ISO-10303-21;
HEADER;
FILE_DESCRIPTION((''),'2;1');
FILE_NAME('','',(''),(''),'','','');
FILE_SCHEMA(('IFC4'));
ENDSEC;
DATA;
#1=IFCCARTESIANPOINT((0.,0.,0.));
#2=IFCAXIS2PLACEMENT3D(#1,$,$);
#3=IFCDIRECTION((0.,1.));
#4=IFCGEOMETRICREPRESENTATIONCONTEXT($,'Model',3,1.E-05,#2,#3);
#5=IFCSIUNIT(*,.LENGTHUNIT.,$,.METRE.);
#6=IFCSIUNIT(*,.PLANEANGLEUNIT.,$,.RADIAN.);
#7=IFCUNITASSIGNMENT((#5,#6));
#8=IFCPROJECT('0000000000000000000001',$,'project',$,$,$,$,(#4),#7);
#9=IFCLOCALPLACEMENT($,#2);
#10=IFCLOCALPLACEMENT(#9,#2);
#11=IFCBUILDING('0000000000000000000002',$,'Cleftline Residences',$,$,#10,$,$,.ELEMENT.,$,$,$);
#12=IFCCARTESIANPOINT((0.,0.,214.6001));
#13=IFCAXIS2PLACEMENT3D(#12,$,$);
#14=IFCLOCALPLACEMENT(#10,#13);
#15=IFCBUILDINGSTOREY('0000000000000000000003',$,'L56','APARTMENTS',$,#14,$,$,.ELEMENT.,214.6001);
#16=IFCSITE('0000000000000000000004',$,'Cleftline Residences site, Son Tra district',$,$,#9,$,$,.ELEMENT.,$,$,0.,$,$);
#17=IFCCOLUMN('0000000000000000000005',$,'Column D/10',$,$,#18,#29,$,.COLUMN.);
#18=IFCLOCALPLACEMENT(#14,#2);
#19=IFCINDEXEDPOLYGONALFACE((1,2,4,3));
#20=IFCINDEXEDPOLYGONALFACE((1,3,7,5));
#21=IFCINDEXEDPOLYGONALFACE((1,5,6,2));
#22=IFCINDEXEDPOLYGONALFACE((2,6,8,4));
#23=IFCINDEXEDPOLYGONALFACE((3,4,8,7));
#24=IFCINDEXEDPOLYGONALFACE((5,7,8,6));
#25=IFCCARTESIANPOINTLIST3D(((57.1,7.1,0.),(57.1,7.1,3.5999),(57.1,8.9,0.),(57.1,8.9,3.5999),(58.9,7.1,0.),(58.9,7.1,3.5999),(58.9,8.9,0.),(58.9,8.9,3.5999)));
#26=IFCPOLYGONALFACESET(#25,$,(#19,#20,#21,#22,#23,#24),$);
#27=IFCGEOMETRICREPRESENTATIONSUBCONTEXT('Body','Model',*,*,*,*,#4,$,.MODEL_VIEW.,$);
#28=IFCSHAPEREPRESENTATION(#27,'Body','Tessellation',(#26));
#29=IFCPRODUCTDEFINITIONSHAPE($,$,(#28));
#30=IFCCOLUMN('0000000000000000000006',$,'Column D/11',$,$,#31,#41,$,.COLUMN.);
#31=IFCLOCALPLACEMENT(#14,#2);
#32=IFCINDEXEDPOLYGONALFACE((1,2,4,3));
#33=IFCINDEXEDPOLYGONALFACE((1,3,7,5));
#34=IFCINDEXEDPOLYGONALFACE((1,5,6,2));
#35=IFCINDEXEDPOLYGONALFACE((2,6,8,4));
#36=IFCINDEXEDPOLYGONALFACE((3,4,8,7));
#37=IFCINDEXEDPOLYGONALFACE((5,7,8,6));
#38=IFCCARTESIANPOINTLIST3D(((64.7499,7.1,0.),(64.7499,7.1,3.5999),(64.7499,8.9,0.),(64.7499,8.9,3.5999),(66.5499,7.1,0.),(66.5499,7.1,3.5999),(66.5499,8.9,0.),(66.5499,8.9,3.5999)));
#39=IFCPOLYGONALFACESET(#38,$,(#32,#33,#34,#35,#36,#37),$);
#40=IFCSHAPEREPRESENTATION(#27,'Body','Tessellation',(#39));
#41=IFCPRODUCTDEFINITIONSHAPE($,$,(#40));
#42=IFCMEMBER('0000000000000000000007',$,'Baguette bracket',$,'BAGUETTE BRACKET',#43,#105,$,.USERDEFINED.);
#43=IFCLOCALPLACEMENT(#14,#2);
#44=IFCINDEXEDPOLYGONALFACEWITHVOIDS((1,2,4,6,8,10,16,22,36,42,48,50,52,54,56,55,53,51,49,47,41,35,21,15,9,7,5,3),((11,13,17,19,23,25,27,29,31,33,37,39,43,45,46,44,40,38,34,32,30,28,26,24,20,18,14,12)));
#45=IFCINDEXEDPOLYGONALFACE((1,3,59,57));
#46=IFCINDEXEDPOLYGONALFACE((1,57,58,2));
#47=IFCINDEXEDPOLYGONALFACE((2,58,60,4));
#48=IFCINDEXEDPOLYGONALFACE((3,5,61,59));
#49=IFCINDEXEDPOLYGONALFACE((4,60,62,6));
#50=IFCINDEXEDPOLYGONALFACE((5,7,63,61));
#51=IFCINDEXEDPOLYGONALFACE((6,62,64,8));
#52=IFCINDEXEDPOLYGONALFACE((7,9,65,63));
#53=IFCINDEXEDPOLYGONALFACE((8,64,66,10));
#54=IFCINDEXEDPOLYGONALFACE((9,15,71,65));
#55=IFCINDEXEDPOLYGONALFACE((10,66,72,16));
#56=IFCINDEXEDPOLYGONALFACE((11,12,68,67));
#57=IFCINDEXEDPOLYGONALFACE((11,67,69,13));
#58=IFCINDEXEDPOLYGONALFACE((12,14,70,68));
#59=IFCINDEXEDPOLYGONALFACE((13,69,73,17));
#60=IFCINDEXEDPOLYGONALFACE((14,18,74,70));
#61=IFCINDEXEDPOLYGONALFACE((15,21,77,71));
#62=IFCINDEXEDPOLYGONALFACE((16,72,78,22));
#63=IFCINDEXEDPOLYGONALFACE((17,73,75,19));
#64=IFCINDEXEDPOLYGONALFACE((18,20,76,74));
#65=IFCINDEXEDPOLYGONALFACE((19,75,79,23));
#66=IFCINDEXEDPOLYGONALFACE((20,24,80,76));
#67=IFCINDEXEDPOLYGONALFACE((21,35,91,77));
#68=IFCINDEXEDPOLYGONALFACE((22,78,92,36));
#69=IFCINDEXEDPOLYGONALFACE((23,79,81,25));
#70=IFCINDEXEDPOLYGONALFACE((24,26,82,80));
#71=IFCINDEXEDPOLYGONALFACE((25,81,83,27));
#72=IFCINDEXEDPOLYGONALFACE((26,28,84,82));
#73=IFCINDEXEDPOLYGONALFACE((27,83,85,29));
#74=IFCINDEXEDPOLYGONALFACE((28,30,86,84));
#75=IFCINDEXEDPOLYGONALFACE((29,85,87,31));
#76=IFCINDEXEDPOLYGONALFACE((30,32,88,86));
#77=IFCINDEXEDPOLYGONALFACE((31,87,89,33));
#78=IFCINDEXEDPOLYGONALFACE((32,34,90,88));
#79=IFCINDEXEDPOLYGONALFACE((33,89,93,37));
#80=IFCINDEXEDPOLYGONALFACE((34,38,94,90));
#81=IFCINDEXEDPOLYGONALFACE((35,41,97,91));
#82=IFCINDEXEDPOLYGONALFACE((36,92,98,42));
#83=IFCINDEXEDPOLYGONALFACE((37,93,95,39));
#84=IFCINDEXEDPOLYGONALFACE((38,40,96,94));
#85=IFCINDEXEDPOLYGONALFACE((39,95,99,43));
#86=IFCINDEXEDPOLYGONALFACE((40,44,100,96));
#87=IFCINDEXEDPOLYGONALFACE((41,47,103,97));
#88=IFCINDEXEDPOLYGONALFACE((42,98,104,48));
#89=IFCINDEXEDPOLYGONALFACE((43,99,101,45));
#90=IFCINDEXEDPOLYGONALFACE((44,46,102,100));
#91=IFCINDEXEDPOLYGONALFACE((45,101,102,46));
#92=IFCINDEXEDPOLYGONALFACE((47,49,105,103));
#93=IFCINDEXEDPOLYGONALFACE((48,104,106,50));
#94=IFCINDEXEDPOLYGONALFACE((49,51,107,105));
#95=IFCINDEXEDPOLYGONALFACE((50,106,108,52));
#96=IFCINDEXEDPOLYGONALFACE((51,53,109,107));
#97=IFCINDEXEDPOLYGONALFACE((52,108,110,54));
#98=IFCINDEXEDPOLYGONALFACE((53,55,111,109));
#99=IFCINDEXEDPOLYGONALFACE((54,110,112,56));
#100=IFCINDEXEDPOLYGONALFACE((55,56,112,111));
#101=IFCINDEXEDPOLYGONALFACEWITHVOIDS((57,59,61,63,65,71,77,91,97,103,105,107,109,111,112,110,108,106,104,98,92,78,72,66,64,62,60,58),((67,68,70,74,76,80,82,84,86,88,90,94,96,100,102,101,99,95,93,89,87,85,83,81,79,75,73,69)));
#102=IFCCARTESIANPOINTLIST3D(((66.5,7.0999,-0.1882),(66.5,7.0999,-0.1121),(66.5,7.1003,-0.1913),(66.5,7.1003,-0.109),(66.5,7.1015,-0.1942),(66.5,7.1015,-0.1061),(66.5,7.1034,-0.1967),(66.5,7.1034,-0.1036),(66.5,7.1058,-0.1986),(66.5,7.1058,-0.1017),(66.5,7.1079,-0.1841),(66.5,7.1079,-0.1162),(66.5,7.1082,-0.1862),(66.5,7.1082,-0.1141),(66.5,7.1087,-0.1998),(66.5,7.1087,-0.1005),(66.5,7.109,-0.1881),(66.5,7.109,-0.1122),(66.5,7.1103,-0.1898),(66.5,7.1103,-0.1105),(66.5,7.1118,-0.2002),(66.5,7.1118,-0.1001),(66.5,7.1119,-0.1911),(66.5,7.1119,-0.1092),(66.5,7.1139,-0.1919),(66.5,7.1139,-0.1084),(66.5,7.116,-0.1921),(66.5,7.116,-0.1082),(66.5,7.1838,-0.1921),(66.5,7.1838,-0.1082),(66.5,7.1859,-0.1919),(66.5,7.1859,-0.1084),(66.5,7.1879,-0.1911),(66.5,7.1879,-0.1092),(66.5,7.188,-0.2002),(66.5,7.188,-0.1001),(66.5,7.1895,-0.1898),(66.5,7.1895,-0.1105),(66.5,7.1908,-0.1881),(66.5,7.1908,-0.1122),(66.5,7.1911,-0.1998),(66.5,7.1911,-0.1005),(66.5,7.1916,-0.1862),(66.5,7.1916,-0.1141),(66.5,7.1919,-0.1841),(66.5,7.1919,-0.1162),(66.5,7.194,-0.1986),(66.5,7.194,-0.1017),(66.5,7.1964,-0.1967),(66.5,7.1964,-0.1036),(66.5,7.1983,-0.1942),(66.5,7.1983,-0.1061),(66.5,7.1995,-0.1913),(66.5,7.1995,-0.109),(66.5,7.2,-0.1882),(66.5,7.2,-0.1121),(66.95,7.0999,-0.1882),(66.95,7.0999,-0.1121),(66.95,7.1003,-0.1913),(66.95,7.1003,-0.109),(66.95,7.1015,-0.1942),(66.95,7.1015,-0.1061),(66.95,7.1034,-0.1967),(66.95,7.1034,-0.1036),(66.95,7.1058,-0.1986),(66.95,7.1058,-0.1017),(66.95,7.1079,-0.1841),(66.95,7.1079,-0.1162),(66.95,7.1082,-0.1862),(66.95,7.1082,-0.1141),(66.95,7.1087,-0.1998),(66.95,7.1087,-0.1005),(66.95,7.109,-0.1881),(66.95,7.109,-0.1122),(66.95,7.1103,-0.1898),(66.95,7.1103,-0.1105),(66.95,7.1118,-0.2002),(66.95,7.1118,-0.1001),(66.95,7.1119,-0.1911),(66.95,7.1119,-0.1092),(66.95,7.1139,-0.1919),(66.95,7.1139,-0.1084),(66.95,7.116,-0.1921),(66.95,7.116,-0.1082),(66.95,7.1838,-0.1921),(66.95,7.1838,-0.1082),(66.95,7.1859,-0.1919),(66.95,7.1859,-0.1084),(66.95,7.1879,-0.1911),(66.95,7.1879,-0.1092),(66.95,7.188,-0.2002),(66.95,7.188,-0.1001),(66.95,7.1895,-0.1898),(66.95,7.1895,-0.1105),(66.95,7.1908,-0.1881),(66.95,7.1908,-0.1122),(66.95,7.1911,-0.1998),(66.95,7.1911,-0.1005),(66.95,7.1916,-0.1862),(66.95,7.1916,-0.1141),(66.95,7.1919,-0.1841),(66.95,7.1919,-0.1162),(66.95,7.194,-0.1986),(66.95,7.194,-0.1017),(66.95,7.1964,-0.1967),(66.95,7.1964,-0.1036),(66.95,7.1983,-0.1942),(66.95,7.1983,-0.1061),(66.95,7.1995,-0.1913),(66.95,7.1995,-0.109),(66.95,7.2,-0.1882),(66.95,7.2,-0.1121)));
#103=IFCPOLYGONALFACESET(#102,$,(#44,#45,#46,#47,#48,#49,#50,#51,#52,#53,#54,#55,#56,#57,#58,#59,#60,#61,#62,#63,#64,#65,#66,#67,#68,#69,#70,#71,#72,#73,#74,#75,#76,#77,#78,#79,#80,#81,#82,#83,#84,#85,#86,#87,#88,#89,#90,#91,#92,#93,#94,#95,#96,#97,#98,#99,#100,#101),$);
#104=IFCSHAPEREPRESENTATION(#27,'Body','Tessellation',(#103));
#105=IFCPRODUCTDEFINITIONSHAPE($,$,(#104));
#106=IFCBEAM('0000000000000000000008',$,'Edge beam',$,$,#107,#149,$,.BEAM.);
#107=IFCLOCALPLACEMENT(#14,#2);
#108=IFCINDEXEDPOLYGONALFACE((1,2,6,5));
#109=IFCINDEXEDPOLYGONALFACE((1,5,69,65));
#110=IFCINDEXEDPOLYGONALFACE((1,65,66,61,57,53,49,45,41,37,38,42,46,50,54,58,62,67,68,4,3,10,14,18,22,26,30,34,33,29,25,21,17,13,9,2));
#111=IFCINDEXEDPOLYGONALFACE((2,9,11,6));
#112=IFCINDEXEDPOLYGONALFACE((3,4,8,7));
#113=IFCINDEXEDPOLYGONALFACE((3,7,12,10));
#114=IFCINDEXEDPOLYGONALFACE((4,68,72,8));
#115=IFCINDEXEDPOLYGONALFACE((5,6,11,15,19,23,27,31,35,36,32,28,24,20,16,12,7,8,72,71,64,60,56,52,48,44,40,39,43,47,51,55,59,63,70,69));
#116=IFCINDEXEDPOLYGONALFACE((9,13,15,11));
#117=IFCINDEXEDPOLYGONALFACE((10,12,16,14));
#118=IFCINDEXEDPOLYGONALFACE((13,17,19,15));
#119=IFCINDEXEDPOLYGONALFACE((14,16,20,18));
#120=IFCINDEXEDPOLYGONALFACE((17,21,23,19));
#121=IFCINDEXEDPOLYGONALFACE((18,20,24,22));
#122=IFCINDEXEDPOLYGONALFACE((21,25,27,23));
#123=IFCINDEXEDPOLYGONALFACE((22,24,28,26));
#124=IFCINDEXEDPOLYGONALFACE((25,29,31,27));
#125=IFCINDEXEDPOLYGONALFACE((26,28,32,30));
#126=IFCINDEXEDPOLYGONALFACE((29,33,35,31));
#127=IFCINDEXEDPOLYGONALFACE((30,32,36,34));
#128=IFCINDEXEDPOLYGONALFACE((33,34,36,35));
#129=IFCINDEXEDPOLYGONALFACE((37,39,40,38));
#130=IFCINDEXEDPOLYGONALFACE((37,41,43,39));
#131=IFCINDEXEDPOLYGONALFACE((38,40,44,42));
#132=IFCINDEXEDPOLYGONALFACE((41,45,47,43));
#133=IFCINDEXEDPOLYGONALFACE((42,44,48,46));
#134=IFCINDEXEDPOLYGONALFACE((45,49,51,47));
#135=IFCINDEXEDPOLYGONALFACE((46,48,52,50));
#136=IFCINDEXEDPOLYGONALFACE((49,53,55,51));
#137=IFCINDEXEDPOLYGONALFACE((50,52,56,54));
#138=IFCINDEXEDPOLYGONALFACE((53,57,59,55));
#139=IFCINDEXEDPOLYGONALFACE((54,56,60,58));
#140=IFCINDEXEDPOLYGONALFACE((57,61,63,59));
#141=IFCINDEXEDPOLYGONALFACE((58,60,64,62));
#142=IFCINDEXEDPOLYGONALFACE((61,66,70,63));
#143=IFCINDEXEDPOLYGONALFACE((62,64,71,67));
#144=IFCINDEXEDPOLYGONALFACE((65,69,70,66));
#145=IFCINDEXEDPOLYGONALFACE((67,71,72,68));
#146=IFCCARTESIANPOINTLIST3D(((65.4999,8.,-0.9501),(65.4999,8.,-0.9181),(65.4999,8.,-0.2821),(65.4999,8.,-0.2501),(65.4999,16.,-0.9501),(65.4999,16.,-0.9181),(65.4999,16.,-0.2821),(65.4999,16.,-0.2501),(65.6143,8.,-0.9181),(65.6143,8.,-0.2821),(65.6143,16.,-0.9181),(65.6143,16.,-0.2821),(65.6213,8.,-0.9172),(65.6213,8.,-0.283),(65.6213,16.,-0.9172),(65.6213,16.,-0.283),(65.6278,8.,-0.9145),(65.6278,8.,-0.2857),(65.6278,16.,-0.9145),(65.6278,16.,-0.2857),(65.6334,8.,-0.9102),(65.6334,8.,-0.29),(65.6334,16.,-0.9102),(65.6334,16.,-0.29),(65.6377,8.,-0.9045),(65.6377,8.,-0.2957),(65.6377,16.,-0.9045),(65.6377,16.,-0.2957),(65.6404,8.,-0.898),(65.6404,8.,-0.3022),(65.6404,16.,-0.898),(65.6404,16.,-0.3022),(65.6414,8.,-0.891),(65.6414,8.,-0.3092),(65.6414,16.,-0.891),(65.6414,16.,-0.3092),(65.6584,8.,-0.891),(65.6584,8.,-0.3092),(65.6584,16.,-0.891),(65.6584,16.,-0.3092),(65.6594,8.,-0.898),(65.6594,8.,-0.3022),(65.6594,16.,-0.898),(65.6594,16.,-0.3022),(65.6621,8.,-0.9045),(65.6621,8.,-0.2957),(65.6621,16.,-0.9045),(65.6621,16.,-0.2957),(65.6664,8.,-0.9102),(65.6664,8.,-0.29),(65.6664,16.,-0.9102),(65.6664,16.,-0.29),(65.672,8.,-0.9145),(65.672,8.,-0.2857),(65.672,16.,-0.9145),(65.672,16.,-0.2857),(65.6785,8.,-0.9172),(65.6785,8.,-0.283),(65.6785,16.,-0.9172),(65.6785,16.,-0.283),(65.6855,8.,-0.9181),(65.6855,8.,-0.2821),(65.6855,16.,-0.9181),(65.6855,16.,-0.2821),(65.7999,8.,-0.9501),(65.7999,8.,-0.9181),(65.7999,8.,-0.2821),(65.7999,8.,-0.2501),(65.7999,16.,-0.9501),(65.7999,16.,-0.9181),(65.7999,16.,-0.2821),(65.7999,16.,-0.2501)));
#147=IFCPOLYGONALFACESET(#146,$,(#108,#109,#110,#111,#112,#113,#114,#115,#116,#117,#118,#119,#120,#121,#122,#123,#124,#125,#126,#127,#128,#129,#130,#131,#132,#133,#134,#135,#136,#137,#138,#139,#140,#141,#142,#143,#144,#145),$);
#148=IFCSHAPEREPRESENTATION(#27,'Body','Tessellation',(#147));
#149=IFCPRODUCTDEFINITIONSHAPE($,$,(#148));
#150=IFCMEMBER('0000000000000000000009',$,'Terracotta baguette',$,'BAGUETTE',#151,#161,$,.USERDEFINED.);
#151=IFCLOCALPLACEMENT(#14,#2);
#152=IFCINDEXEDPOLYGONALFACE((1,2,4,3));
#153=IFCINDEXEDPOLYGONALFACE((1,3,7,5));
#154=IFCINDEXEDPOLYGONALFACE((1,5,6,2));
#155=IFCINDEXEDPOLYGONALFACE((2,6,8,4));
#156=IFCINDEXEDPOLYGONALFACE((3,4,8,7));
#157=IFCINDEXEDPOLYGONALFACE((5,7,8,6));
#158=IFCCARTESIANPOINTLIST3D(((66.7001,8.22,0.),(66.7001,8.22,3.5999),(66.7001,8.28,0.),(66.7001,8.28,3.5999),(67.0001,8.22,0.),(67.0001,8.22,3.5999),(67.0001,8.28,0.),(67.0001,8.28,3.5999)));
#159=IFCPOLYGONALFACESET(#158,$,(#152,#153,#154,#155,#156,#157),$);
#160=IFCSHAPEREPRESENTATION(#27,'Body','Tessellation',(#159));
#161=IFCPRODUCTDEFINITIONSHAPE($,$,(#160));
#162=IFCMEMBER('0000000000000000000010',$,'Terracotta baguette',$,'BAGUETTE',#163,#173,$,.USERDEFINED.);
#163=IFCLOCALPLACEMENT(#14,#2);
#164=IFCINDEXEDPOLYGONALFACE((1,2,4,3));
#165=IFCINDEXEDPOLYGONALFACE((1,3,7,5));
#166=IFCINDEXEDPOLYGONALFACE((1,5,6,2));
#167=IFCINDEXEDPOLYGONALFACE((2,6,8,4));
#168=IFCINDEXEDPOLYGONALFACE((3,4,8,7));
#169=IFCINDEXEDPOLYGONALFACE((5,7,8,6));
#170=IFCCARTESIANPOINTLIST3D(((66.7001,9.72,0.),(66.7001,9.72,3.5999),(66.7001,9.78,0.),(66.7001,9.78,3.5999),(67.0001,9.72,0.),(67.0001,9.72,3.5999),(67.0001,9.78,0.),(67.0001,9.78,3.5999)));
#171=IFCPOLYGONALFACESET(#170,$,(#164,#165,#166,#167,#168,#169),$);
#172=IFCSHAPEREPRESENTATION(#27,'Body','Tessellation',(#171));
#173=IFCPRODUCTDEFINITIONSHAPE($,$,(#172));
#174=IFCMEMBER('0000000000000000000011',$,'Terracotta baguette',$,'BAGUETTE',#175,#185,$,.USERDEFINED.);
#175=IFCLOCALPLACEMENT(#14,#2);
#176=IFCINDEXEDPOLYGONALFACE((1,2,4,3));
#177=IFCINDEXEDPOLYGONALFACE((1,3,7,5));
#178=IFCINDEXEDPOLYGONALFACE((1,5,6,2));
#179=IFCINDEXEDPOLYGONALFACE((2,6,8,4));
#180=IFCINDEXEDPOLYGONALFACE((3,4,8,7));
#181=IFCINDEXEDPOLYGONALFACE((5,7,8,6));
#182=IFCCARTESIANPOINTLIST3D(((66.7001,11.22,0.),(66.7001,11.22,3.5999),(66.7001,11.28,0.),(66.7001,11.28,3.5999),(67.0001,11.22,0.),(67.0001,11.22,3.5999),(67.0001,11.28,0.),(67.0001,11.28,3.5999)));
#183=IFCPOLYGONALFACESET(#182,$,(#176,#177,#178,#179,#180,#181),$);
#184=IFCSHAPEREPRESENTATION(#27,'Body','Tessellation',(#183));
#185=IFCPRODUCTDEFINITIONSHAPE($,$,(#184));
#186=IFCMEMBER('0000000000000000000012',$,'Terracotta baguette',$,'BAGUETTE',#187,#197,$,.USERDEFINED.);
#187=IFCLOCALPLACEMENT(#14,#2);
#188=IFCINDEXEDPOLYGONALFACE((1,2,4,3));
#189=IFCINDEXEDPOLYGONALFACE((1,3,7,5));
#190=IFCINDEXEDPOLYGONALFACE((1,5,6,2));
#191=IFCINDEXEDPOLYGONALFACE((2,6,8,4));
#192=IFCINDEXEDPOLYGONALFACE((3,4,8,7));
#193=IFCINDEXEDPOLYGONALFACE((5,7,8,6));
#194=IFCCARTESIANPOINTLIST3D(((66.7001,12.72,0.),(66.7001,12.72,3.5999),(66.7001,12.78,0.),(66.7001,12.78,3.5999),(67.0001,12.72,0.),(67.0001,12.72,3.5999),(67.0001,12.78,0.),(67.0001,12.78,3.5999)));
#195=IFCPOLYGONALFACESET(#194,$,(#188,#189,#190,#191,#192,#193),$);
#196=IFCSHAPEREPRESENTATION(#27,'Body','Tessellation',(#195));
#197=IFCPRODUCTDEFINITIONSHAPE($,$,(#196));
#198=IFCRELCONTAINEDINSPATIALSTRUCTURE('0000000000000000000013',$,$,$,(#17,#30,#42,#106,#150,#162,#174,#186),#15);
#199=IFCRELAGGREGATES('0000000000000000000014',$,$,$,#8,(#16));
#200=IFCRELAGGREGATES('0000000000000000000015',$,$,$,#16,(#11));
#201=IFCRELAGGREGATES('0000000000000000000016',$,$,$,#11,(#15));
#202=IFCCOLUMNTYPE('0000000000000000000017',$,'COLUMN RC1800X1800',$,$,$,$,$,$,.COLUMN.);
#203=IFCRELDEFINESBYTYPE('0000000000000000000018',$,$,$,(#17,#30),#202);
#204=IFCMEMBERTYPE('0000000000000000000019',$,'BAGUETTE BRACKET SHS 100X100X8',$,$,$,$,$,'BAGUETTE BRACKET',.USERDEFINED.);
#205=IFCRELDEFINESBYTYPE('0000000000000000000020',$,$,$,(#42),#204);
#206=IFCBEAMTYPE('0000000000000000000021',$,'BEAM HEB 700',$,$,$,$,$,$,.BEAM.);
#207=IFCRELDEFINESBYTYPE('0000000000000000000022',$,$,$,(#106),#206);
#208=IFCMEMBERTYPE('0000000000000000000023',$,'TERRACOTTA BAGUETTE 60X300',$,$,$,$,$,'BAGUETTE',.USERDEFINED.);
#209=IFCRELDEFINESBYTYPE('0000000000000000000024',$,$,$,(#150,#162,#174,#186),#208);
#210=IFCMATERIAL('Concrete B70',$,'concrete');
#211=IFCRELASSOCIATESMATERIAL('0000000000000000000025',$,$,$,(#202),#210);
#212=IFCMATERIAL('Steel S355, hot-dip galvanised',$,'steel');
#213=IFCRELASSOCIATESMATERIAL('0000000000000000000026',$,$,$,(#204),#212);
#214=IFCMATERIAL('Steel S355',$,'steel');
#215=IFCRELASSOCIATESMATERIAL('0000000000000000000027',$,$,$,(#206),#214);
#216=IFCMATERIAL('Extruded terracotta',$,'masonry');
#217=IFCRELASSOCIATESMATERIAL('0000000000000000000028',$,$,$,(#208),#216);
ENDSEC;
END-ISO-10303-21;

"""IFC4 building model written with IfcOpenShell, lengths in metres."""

from ifc_helpers import new_model, si_unit, direction, frame, origin, origin_2d, place, context, subcontext, project, spatial, rectangle, hollow_rectangle, i_section, extrude, material, material_profile, profile_set, type_object, element, save


model = new_model("IFC4")

# Units and contexts
model_context = context("Model", 3, precision=1e-05, world=origin(), true_north=direction((0.0, 1.0)))
body_context = subcontext(model_context, "Body", "Model", "MODEL_VIEW")
ifc_project = project(units=[si_unit("LENGTHUNIT", "METRE"), si_unit("PLANEANGLEUNIT", "RADIAN")], contexts=[model_context])

# Site, building, storey
site_placement = place(None, origin())
site = spatial("IfcSite", under=ifc_project, at=site_placement, Name="Cleftline Residences site, Son Tra district", CompositionType="ELEMENT", RefElevation=0.0)
building_placement = place(site_placement, origin())
building = spatial("IfcBuilding", under=site, at=building_placement, Name="Cleftline Residences", CompositionType="ELEMENT")
storey_placement = place(building_placement, frame((0.0, 0.0, 214.6001)))
storey = spatial("IfcBuildingStorey", under=building, at=storey_placement, Name="L56", Description="APARTMENTS", CompositionType="ELEMENT", Elevation=214.6001)

# Columns
ifc_material_1 = material(Name="Concrete B70", Category="concrete")
ifc_material_profile_1 = material_profile(ifc_material_1, rectangle(XDim=1.8, YDim=1.8, at=origin_2d()))
ifc_profile_set_1 = profile_set([ifc_material_profile_1], Name="Concrete B70")
column_type = type_object("IfcColumnType", Name="COLUMN RC1800X1800", PredefinedType="COLUMN", material=ifc_profile_set_1)
for number, where, z_axis, x_axis, name in (
    (1, (58.0, 8.0, 0.0), (0.0, 0.0, 1.0), (1.0, 0.0, 0.0), "Column D/10"),
    (2, (65.6499, 8.0, 0.0), (0.0, 0.0, 1.0), (1.0, 0.0, 0.0), "Column D/11"),
):
    element("IfcColumn", number, at=place(storey_placement, frame(where, z_axis=z_axis, x_axis=x_axis)), inside=storey, type_object=column_type, Name=name, PredefinedType="COLUMN", context=body_context, shape_type="SweptSolid", body=[
        extrude(rectangle(XDim=1.8, YDim=1.8, at=origin_2d()), origin(), (0.0, 0.0, 1.0), 3.5999),
    ])

# Member
ifc_material_2 = material(Name="Steel S355, hot-dip galvanised", Category="steel")
ifc_material_profile_2 = material_profile(ifc_material_2, hollow_rectangle(XDim=0.1001, YDim=0.1001, WallThickness=0.0081, InnerFilletRadius=0.0081, OuterFilletRadius=0.012, at=origin_2d()))
ifc_profile_set_2 = profile_set([ifc_material_profile_2], Name="Steel S355, hot-dip galvanised")
member_type_1 = type_object("IfcMemberType", Name="BAGUETTE BRACKET SHS 100X100X8", ElementType="BAGUETTE BRACKET", PredefinedType="USERDEFINED", material=ifc_profile_set_2)
member_placement = place(storey_placement, frame((66.5, 7.1499, -0.1501), z_axis=(1.0, 0.0, 0.0), x_axis=(0.0, 1.0, 0.0)))
element("IfcMember", 3, at=member_placement, inside=storey, type_object=member_type_1, Name="Baguette bracket", ObjectType="BAGUETTE BRACKET", PredefinedType="USERDEFINED", context=body_context, shape_type="SweptSolid", body=[
    extrude(hollow_rectangle(XDim=0.1001, YDim=0.1001, WallThickness=0.0081, InnerFilletRadius=0.0081, OuterFilletRadius=0.012, at=origin_2d()), origin(), (0.0, 0.0, 1.0), 0.45),
])

# Beam
ifc_material_3 = material(Name="Steel S355", Category="steel")
ifc_material_profile_3 = material_profile(ifc_material_3, i_section(OverallWidth=0.3, OverallDepth=0.7, WebThickness=0.0171, FlangeThickness=0.032, FilletRadius=0.0271, at=origin_2d()))
ifc_profile_set_3 = profile_set([ifc_material_profile_3], Name="Steel S355")
beam_type = type_object("IfcBeamType", Name="BEAM HEB 700", PredefinedType="BEAM", material=ifc_profile_set_3)
beam_placement = place(storey_placement, frame((65.6499, 8.0, -0.6001), z_axis=(0.0, 1.0, 0.0), x_axis=(-1.0, 0.0, 0.0)))
element("IfcBeam", 4, at=beam_placement, inside=storey, type_object=beam_type, Name="Edge beam", PredefinedType="BEAM", context=body_context, shape_type="SweptSolid", body=[
    extrude(i_section(OverallWidth=0.3, OverallDepth=0.7, WebThickness=0.0171, FlangeThickness=0.032, FilletRadius=0.0271, at=origin_2d()), origin(), (0.0, 0.0, 1.0), 8.0),
])

# Members
ifc_material_4 = material(Name="Extruded terracotta", Category="masonry")
ifc_material_profile_4 = material_profile(ifc_material_4, rectangle(XDim=0.0601, YDim=0.3, at=origin_2d()))
ifc_profile_set_4 = profile_set([ifc_material_profile_4], Name="Extruded terracotta")
member_type_2 = type_object("IfcMemberType", Name="TERRACOTTA BAGUETTE 60X300", ElementType="BAGUETTE", PredefinedType="USERDEFINED", material=ifc_profile_set_4)
for number, where, z_axis, x_axis, name in (
    (5, (66.8501, 8.25, 0.0), (0.0, 0.0, 1.0), (0.0, 1.0, 0.0), "Terracotta baguette"),
    (6, (66.8501, 9.75, 0.0), (0.0, 0.0, 1.0), (0.0, 1.0, 0.0), "Terracotta baguette"),
    (7, (66.8501, 11.25, 0.0), (0.0, 0.0, 1.0), (0.0, 1.0, 0.0), "Terracotta baguette"),
    (8, (66.8501, 12.75, 0.0), (0.0, 0.0, 1.0), (0.0, 1.0, 0.0), "Terracotta baguette"),
):
    element("IfcMember", number, at=place(storey_placement, frame(where, z_axis=z_axis, x_axis=x_axis)), inside=storey, type_object=member_type_2, Name=name, ObjectType="BAGUETTE", PredefinedType="USERDEFINED", context=body_context, shape_type="SweptSolid", body=[
        extrude(rectangle(XDim=0.0601, YDim=0.3, at=origin_2d()), origin(), (0.0, 0.0, 1.0), 3.5999),
    ])

save(model, "model.ifc")
